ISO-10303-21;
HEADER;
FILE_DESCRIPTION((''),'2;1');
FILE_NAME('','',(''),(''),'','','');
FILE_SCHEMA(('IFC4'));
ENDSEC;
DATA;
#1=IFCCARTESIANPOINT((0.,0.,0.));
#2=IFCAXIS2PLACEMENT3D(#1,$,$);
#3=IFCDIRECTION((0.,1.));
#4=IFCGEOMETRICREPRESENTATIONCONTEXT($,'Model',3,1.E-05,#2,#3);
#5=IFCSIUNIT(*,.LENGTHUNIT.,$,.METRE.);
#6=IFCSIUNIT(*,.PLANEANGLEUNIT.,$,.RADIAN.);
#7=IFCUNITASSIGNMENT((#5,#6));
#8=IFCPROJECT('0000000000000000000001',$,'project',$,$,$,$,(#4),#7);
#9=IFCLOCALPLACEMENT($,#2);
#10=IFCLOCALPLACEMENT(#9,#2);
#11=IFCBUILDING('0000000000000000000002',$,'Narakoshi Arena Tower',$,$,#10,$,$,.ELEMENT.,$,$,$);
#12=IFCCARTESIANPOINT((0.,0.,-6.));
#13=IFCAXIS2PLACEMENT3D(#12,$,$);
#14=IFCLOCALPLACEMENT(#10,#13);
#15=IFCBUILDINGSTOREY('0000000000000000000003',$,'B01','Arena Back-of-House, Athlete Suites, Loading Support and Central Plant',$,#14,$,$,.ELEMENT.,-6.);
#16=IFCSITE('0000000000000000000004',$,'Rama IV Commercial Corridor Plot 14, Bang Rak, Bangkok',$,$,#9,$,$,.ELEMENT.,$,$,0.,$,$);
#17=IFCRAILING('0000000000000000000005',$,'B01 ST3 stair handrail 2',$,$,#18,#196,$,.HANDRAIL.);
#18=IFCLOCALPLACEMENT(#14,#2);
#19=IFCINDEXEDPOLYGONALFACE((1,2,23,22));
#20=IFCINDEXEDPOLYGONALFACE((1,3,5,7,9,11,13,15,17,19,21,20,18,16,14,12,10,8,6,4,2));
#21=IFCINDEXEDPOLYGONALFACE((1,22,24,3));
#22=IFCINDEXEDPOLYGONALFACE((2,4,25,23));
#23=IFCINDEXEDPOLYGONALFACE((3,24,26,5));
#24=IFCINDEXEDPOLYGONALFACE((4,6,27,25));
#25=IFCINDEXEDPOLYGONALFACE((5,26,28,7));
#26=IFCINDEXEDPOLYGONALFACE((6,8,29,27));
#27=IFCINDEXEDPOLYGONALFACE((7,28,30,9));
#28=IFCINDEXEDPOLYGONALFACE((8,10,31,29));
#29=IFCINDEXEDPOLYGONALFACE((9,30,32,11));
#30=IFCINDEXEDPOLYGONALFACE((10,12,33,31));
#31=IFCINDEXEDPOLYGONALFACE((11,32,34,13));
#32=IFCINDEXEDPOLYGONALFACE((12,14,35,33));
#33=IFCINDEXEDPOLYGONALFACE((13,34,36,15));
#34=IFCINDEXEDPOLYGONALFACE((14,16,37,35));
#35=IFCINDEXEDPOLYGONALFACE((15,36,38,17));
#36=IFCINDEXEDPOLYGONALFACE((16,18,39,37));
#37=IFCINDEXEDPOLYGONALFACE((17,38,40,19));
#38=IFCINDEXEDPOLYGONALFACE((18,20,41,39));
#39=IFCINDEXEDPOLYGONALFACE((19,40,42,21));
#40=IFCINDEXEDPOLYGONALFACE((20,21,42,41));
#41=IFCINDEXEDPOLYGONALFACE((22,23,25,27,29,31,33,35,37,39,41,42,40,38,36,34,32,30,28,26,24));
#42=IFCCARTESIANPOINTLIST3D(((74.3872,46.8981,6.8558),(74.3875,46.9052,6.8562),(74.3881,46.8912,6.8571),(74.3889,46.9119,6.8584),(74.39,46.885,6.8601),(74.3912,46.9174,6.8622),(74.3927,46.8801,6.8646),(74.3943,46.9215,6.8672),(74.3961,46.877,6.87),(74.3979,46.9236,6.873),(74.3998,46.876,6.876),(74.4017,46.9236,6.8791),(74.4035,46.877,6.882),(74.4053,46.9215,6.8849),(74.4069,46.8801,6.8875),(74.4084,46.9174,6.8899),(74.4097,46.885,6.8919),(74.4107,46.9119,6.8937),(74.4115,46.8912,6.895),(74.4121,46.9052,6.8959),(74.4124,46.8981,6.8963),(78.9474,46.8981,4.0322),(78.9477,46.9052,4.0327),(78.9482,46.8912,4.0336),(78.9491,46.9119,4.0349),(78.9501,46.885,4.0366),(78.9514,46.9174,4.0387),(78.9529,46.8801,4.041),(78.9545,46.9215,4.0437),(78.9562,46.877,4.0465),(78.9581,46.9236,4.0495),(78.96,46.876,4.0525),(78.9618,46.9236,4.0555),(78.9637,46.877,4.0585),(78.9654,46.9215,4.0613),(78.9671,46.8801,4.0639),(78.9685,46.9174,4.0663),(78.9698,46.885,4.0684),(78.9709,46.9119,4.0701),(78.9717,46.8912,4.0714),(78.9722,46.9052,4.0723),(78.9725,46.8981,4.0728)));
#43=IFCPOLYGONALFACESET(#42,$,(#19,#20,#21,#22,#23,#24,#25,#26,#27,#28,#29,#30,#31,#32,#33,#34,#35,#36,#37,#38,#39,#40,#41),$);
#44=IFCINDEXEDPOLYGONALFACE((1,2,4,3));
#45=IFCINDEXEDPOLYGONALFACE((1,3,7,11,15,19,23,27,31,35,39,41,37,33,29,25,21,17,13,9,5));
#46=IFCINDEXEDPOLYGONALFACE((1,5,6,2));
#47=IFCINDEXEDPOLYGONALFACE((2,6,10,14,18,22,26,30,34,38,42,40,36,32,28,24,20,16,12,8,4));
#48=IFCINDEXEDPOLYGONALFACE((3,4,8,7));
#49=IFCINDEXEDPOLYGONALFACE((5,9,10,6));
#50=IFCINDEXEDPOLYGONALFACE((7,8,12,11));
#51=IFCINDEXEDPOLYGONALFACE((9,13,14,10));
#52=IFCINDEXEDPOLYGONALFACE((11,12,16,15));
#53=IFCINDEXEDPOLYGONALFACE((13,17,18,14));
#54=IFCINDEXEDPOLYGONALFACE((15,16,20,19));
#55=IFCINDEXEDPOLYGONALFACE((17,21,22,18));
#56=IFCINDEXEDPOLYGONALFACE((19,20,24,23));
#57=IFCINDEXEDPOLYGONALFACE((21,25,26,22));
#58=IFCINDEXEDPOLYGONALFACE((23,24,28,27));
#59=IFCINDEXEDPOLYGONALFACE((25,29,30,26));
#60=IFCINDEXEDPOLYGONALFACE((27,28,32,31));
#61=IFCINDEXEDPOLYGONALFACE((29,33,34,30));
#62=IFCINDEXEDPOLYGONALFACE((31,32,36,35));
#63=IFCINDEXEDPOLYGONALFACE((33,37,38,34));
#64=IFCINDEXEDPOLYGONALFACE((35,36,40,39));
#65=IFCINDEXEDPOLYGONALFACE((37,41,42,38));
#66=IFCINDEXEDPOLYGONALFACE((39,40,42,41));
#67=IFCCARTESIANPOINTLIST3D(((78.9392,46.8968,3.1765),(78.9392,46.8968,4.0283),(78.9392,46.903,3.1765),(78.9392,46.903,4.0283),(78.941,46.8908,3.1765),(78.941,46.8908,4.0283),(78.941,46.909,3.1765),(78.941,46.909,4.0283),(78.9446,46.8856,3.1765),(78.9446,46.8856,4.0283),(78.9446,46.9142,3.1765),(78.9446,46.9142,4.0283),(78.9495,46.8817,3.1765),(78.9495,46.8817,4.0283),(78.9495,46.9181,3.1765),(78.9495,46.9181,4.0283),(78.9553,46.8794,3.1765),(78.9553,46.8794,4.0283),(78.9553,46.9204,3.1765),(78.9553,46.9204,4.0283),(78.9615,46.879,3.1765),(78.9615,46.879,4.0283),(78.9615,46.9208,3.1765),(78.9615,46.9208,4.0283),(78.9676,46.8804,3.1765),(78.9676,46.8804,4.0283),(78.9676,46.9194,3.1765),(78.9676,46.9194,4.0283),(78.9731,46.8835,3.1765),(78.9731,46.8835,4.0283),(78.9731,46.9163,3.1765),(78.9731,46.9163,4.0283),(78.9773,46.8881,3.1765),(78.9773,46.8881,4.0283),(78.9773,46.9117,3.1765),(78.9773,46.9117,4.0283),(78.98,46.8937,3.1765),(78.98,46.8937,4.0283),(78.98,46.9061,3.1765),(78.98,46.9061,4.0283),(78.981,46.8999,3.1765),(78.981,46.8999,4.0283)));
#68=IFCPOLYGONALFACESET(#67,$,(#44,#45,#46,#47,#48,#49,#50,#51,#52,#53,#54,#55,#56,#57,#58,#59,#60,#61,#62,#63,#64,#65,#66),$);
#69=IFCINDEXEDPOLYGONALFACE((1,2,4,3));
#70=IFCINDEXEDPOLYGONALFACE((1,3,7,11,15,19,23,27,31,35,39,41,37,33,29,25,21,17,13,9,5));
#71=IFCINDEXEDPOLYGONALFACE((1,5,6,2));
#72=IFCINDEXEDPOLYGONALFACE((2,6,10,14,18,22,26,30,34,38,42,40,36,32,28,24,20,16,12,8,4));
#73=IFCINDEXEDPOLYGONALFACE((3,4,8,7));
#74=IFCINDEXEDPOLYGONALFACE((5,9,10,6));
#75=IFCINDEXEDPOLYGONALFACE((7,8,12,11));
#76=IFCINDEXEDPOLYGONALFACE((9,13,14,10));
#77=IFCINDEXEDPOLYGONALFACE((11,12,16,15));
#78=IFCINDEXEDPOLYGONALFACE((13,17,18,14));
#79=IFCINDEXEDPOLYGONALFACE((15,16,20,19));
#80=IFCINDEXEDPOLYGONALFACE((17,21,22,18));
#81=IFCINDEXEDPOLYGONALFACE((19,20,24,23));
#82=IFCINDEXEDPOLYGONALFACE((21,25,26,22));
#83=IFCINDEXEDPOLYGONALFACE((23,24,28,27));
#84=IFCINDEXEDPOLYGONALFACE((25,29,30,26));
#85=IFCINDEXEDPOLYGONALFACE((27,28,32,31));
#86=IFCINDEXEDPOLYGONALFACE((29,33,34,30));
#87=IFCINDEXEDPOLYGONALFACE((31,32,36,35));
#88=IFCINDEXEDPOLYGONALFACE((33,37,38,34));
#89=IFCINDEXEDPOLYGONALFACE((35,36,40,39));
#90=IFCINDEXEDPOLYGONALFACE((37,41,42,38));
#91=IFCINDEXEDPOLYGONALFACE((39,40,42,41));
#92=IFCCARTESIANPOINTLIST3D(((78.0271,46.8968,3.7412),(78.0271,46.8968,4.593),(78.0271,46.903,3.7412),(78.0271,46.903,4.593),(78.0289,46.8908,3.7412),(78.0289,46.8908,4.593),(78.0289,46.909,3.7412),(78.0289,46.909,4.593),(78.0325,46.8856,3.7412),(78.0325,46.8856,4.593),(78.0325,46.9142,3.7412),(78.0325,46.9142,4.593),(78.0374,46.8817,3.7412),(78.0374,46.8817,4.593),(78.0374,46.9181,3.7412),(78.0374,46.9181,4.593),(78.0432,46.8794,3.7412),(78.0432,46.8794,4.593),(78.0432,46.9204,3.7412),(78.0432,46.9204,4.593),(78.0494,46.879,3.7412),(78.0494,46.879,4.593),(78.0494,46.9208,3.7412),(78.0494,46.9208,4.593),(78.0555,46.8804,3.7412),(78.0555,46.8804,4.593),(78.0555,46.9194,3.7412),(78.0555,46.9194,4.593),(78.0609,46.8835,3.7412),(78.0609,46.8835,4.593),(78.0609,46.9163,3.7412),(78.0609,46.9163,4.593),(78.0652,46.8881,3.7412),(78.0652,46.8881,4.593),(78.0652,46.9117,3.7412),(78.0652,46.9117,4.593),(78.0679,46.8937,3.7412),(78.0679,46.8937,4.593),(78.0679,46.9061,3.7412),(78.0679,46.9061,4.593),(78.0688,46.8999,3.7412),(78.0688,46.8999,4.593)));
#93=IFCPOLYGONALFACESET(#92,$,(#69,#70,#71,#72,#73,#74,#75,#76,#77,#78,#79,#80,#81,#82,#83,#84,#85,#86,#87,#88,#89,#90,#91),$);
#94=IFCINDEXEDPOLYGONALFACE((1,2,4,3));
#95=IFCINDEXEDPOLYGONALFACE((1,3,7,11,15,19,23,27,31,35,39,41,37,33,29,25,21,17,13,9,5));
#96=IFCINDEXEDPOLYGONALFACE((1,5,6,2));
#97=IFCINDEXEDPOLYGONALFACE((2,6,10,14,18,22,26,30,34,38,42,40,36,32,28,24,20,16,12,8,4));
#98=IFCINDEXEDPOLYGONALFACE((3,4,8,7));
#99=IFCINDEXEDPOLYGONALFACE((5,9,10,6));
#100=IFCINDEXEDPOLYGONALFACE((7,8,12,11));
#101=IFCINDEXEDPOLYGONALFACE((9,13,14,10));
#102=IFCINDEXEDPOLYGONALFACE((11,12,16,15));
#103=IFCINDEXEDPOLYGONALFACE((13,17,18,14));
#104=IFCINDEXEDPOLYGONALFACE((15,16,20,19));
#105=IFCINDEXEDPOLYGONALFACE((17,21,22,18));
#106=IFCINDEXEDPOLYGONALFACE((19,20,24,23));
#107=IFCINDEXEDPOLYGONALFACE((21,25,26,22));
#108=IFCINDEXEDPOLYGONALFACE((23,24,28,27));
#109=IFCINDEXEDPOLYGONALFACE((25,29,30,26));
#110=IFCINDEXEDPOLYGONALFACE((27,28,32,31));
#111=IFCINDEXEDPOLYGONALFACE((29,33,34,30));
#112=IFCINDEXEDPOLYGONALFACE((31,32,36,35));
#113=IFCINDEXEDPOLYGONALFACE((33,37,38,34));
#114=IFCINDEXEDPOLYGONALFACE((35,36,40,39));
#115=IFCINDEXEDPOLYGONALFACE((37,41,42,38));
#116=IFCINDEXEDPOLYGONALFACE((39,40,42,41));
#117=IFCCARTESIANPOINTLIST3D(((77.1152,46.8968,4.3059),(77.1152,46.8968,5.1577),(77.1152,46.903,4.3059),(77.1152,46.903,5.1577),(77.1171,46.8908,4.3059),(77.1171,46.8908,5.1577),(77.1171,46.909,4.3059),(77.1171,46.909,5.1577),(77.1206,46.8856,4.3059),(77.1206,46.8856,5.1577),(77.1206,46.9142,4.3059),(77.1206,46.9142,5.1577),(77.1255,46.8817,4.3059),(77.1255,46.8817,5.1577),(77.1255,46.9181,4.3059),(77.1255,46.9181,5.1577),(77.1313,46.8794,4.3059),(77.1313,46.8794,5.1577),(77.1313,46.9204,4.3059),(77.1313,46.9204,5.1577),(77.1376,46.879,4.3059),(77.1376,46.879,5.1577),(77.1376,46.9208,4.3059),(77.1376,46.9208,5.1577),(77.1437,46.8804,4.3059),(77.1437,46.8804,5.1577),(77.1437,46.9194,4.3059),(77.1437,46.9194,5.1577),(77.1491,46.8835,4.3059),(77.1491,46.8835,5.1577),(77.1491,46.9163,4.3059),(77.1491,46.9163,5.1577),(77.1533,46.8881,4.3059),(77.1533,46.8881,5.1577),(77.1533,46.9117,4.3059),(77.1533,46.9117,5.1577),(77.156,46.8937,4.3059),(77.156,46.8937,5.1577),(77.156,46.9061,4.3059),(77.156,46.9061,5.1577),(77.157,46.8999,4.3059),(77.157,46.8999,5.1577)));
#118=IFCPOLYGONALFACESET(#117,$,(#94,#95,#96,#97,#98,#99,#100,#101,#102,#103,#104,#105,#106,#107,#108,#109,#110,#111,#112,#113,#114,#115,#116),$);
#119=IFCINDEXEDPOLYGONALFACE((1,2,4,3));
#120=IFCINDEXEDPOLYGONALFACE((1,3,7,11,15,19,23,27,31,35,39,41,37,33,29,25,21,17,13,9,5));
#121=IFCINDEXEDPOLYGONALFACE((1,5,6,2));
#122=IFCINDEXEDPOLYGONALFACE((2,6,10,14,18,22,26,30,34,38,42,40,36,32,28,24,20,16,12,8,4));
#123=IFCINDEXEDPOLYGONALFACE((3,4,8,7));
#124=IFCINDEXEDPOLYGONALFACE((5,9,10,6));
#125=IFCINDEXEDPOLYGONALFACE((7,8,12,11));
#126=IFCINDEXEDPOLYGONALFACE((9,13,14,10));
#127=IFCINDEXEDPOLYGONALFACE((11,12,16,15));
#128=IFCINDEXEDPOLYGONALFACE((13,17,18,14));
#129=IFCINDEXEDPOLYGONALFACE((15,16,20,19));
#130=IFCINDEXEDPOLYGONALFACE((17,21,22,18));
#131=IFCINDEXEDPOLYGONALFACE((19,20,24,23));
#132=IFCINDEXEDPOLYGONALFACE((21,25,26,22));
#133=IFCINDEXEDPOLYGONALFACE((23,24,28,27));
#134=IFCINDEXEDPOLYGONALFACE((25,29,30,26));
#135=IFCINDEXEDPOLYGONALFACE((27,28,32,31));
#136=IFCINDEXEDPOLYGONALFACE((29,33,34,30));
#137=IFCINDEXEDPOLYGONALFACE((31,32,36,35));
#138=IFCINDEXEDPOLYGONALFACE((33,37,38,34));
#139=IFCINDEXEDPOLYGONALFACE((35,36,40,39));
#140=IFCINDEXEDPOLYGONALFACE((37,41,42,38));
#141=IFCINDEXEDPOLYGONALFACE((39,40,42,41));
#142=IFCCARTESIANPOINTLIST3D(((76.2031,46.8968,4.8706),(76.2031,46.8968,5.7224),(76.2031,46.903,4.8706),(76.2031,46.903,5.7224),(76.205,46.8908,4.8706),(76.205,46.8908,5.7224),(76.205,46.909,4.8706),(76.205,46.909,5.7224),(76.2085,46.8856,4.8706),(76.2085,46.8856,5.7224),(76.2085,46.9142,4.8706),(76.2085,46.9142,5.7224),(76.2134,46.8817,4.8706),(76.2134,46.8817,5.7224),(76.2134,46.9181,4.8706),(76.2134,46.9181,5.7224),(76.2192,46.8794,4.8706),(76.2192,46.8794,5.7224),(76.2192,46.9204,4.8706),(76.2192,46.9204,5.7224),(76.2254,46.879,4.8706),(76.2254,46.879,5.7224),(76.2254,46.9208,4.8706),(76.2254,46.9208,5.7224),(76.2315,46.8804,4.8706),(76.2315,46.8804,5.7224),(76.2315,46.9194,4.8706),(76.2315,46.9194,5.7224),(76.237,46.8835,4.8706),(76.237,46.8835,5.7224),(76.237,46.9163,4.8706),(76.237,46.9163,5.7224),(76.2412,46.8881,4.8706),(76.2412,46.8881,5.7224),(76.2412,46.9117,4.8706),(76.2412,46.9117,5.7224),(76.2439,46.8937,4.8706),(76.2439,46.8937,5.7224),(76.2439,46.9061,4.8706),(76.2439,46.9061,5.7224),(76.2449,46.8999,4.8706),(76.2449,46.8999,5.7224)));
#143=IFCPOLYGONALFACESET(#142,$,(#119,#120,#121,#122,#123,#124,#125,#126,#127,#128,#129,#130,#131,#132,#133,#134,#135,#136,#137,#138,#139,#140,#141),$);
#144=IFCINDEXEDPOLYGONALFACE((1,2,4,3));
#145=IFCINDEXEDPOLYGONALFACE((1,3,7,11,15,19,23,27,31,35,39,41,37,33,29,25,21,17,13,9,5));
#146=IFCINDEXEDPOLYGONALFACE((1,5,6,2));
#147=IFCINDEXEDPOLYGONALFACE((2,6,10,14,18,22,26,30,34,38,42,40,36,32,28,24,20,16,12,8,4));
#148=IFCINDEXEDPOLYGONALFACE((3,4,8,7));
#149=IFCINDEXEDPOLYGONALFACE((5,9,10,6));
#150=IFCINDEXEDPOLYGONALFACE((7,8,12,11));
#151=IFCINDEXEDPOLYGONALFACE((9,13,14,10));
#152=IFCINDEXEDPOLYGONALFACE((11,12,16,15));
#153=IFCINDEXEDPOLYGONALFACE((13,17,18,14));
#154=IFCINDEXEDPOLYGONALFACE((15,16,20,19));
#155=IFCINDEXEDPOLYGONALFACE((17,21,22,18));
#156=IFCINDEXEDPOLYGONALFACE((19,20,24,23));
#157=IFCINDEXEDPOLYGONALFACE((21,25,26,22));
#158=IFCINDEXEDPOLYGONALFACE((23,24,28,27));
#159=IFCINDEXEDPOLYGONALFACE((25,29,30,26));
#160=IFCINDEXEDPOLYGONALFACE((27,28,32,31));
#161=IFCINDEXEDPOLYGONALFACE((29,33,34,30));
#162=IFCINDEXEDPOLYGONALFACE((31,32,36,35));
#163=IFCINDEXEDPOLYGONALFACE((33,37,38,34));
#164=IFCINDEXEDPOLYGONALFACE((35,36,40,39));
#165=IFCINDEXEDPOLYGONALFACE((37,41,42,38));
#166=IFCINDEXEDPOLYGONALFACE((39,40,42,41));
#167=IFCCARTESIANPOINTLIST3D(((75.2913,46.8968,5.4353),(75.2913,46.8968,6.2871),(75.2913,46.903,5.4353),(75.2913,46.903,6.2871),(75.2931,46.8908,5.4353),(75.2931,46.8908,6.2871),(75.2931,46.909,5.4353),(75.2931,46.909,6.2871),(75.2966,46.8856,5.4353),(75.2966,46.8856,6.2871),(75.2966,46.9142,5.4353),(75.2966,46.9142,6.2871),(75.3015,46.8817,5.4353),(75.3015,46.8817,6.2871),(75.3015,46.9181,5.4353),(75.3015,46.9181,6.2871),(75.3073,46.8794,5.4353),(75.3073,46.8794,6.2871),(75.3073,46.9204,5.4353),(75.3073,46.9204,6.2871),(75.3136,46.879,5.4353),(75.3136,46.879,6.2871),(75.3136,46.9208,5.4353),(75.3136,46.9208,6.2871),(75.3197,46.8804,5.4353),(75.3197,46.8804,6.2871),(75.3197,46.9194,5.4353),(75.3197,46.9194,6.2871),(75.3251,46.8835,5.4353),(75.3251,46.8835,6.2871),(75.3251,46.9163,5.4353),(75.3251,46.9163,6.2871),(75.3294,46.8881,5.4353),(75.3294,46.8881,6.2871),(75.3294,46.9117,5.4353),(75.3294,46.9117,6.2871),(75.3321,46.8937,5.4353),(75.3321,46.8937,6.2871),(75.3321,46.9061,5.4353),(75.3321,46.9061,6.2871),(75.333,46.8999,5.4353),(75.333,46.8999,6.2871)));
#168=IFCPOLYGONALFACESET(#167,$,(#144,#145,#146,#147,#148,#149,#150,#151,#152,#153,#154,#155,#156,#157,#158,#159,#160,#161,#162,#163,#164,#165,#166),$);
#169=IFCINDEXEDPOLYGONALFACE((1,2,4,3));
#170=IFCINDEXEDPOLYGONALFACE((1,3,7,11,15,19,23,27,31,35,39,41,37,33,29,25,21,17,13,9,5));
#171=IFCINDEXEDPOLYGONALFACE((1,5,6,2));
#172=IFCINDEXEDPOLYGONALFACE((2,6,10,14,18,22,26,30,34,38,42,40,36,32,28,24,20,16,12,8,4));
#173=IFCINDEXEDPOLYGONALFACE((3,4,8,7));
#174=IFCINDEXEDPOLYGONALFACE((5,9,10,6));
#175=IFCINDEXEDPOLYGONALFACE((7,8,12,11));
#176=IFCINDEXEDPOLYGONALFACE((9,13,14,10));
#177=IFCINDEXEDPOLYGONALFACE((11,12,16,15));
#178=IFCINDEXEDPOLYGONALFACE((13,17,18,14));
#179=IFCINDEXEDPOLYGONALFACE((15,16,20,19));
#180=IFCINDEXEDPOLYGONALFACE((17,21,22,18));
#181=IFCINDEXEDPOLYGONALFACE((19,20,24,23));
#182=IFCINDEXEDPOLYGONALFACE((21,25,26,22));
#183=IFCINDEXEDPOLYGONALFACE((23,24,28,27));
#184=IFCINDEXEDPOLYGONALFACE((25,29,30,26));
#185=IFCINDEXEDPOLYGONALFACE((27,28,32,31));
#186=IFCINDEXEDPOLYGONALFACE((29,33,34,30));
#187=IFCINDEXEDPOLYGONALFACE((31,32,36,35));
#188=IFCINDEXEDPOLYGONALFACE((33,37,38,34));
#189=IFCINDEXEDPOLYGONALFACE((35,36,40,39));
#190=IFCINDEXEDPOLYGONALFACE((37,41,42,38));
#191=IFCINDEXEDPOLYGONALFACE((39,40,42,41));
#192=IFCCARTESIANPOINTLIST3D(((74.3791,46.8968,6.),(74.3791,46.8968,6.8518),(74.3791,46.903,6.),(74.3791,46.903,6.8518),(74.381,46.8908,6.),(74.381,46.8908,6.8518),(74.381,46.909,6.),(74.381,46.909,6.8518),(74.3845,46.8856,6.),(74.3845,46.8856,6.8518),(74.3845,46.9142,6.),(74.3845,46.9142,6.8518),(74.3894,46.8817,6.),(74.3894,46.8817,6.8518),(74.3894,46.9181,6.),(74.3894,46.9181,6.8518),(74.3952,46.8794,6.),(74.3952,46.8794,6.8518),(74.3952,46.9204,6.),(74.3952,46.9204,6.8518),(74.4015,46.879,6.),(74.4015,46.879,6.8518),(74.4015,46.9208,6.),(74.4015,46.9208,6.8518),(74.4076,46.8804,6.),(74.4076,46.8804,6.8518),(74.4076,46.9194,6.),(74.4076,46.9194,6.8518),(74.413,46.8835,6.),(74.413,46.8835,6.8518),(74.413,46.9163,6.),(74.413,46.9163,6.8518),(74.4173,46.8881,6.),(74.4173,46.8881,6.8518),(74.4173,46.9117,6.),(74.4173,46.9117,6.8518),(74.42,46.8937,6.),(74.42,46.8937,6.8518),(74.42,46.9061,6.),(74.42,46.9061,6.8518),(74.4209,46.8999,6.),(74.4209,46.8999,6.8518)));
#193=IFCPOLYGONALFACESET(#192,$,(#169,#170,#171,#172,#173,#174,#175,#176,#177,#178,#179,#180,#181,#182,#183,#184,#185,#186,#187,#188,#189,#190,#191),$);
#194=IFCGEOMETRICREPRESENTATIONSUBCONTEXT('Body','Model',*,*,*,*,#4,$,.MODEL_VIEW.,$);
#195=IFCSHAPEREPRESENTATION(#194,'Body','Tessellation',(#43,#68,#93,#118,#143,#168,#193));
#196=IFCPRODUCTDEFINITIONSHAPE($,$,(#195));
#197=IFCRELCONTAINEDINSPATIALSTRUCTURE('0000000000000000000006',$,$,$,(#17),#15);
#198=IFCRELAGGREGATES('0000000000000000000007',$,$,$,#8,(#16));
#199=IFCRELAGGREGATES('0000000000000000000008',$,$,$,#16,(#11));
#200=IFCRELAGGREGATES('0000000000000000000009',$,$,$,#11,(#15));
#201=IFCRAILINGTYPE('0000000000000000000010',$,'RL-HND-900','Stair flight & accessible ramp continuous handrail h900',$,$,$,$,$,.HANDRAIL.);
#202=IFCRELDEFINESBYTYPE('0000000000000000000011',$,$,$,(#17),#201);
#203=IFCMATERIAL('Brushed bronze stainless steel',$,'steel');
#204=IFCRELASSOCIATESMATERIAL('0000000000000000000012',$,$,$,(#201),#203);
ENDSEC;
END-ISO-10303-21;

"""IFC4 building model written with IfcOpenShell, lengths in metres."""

from ifc_helpers import new_model, si_unit, direction, frame, origin, origin_2d, place, context, subcontext, project, spatial, circle, extrude, material, type_object, element, save


model = new_model("IFC4")

# Units and contexts
model_context = context("Model", 3, precision=1e-05, world=origin(), true_north=direction((0.0, 1.0)))
body_context = subcontext(model_context, "Body", "Model", "MODEL_VIEW")
ifc_project = project(units=[si_unit("LENGTHUNIT", "METRE"), si_unit("PLANEANGLEUNIT", "RADIAN")], contexts=[model_context])

# Site, building, storey
site_placement = place(None, origin())
site = spatial("IfcSite", under=ifc_project, at=site_placement, Name="Rama IV Commercial Corridor Plot 14, Bang Rak, Bangkok", CompositionType="ELEMENT", RefElevation=0.0)
building_placement = place(site_placement, origin())
building = spatial("IfcBuilding", under=site, at=building_placement, Name="Narakoshi Arena Tower", CompositionType="ELEMENT")
storey_placement = place(building_placement, frame((0.0, 0.0, -6.0)))
storey = spatial("IfcBuildingStorey", under=building, at=storey_placement, Name="B01", Description="Arena Back-of-House, Athlete Suites, Loading Support and Central Plant", CompositionType="ELEMENT", Elevation=-6.0)

# Railing
ifc_material_1 = material(Name="Brushed bronze stainless steel", Category="steel")
railing_type_1 = type_object("IfcRailingType", Name="RL-HND-900", Description="Stair flight & accessible ramp continuous handrail h900", PredefinedType="HANDRAIL", material=ifc_material_1)
railing_1_placement = place(storey_placement, frame((78.96, 46.8999, 3.1765)))
element("IfcRailing", 1, at=railing_1_placement, inside=storey, type_object=railing_type_1, Name="B01 ST3 stair handrail 2", PredefinedType="HANDRAIL", context=body_context, shape_type="SweptSolid", body=[
    extrude(circle(Radius=0.0239, at=origin_2d()), frame((0.0, 0.0, 0.876), z_axis=(-0.850216, 0.0, 0.526435), x_axis=(0.0, -1.0, 0.0)), (0.0, 0.0, 1.0), 5.3635),
    extrude(circle(Radius=0.021, at=origin_2d()), origin(), (0.0, 0.0, 1.0), 0.8518),
    extrude(circle(Radius=0.021, at=origin_2d()), frame((-0.9121, 0.0, 0.5647)), (0.0, 0.0, 1.0), 0.8518),
    extrude(circle(Radius=0.021, at=origin_2d()), frame((-1.824, 0.0, 1.1294)), (0.0, 0.0, 1.0), 0.8518),
    extrude(circle(Radius=0.021, at=origin_2d()), frame((-2.7361, 0.0, 1.6941)), (0.0, 0.0, 1.0), 0.8518),
    extrude(circle(Radius=0.021, at=origin_2d()), frame((-3.6479, 0.0, 2.2588)), (0.0, 0.0, 1.0), 0.8518),
    extrude(circle(Radius=0.021, at=origin_2d()), frame((-4.5601, 0.0, 2.8235)), (0.0, 0.0, 1.0), 0.8518),
])

save(model, "model.ifc")
